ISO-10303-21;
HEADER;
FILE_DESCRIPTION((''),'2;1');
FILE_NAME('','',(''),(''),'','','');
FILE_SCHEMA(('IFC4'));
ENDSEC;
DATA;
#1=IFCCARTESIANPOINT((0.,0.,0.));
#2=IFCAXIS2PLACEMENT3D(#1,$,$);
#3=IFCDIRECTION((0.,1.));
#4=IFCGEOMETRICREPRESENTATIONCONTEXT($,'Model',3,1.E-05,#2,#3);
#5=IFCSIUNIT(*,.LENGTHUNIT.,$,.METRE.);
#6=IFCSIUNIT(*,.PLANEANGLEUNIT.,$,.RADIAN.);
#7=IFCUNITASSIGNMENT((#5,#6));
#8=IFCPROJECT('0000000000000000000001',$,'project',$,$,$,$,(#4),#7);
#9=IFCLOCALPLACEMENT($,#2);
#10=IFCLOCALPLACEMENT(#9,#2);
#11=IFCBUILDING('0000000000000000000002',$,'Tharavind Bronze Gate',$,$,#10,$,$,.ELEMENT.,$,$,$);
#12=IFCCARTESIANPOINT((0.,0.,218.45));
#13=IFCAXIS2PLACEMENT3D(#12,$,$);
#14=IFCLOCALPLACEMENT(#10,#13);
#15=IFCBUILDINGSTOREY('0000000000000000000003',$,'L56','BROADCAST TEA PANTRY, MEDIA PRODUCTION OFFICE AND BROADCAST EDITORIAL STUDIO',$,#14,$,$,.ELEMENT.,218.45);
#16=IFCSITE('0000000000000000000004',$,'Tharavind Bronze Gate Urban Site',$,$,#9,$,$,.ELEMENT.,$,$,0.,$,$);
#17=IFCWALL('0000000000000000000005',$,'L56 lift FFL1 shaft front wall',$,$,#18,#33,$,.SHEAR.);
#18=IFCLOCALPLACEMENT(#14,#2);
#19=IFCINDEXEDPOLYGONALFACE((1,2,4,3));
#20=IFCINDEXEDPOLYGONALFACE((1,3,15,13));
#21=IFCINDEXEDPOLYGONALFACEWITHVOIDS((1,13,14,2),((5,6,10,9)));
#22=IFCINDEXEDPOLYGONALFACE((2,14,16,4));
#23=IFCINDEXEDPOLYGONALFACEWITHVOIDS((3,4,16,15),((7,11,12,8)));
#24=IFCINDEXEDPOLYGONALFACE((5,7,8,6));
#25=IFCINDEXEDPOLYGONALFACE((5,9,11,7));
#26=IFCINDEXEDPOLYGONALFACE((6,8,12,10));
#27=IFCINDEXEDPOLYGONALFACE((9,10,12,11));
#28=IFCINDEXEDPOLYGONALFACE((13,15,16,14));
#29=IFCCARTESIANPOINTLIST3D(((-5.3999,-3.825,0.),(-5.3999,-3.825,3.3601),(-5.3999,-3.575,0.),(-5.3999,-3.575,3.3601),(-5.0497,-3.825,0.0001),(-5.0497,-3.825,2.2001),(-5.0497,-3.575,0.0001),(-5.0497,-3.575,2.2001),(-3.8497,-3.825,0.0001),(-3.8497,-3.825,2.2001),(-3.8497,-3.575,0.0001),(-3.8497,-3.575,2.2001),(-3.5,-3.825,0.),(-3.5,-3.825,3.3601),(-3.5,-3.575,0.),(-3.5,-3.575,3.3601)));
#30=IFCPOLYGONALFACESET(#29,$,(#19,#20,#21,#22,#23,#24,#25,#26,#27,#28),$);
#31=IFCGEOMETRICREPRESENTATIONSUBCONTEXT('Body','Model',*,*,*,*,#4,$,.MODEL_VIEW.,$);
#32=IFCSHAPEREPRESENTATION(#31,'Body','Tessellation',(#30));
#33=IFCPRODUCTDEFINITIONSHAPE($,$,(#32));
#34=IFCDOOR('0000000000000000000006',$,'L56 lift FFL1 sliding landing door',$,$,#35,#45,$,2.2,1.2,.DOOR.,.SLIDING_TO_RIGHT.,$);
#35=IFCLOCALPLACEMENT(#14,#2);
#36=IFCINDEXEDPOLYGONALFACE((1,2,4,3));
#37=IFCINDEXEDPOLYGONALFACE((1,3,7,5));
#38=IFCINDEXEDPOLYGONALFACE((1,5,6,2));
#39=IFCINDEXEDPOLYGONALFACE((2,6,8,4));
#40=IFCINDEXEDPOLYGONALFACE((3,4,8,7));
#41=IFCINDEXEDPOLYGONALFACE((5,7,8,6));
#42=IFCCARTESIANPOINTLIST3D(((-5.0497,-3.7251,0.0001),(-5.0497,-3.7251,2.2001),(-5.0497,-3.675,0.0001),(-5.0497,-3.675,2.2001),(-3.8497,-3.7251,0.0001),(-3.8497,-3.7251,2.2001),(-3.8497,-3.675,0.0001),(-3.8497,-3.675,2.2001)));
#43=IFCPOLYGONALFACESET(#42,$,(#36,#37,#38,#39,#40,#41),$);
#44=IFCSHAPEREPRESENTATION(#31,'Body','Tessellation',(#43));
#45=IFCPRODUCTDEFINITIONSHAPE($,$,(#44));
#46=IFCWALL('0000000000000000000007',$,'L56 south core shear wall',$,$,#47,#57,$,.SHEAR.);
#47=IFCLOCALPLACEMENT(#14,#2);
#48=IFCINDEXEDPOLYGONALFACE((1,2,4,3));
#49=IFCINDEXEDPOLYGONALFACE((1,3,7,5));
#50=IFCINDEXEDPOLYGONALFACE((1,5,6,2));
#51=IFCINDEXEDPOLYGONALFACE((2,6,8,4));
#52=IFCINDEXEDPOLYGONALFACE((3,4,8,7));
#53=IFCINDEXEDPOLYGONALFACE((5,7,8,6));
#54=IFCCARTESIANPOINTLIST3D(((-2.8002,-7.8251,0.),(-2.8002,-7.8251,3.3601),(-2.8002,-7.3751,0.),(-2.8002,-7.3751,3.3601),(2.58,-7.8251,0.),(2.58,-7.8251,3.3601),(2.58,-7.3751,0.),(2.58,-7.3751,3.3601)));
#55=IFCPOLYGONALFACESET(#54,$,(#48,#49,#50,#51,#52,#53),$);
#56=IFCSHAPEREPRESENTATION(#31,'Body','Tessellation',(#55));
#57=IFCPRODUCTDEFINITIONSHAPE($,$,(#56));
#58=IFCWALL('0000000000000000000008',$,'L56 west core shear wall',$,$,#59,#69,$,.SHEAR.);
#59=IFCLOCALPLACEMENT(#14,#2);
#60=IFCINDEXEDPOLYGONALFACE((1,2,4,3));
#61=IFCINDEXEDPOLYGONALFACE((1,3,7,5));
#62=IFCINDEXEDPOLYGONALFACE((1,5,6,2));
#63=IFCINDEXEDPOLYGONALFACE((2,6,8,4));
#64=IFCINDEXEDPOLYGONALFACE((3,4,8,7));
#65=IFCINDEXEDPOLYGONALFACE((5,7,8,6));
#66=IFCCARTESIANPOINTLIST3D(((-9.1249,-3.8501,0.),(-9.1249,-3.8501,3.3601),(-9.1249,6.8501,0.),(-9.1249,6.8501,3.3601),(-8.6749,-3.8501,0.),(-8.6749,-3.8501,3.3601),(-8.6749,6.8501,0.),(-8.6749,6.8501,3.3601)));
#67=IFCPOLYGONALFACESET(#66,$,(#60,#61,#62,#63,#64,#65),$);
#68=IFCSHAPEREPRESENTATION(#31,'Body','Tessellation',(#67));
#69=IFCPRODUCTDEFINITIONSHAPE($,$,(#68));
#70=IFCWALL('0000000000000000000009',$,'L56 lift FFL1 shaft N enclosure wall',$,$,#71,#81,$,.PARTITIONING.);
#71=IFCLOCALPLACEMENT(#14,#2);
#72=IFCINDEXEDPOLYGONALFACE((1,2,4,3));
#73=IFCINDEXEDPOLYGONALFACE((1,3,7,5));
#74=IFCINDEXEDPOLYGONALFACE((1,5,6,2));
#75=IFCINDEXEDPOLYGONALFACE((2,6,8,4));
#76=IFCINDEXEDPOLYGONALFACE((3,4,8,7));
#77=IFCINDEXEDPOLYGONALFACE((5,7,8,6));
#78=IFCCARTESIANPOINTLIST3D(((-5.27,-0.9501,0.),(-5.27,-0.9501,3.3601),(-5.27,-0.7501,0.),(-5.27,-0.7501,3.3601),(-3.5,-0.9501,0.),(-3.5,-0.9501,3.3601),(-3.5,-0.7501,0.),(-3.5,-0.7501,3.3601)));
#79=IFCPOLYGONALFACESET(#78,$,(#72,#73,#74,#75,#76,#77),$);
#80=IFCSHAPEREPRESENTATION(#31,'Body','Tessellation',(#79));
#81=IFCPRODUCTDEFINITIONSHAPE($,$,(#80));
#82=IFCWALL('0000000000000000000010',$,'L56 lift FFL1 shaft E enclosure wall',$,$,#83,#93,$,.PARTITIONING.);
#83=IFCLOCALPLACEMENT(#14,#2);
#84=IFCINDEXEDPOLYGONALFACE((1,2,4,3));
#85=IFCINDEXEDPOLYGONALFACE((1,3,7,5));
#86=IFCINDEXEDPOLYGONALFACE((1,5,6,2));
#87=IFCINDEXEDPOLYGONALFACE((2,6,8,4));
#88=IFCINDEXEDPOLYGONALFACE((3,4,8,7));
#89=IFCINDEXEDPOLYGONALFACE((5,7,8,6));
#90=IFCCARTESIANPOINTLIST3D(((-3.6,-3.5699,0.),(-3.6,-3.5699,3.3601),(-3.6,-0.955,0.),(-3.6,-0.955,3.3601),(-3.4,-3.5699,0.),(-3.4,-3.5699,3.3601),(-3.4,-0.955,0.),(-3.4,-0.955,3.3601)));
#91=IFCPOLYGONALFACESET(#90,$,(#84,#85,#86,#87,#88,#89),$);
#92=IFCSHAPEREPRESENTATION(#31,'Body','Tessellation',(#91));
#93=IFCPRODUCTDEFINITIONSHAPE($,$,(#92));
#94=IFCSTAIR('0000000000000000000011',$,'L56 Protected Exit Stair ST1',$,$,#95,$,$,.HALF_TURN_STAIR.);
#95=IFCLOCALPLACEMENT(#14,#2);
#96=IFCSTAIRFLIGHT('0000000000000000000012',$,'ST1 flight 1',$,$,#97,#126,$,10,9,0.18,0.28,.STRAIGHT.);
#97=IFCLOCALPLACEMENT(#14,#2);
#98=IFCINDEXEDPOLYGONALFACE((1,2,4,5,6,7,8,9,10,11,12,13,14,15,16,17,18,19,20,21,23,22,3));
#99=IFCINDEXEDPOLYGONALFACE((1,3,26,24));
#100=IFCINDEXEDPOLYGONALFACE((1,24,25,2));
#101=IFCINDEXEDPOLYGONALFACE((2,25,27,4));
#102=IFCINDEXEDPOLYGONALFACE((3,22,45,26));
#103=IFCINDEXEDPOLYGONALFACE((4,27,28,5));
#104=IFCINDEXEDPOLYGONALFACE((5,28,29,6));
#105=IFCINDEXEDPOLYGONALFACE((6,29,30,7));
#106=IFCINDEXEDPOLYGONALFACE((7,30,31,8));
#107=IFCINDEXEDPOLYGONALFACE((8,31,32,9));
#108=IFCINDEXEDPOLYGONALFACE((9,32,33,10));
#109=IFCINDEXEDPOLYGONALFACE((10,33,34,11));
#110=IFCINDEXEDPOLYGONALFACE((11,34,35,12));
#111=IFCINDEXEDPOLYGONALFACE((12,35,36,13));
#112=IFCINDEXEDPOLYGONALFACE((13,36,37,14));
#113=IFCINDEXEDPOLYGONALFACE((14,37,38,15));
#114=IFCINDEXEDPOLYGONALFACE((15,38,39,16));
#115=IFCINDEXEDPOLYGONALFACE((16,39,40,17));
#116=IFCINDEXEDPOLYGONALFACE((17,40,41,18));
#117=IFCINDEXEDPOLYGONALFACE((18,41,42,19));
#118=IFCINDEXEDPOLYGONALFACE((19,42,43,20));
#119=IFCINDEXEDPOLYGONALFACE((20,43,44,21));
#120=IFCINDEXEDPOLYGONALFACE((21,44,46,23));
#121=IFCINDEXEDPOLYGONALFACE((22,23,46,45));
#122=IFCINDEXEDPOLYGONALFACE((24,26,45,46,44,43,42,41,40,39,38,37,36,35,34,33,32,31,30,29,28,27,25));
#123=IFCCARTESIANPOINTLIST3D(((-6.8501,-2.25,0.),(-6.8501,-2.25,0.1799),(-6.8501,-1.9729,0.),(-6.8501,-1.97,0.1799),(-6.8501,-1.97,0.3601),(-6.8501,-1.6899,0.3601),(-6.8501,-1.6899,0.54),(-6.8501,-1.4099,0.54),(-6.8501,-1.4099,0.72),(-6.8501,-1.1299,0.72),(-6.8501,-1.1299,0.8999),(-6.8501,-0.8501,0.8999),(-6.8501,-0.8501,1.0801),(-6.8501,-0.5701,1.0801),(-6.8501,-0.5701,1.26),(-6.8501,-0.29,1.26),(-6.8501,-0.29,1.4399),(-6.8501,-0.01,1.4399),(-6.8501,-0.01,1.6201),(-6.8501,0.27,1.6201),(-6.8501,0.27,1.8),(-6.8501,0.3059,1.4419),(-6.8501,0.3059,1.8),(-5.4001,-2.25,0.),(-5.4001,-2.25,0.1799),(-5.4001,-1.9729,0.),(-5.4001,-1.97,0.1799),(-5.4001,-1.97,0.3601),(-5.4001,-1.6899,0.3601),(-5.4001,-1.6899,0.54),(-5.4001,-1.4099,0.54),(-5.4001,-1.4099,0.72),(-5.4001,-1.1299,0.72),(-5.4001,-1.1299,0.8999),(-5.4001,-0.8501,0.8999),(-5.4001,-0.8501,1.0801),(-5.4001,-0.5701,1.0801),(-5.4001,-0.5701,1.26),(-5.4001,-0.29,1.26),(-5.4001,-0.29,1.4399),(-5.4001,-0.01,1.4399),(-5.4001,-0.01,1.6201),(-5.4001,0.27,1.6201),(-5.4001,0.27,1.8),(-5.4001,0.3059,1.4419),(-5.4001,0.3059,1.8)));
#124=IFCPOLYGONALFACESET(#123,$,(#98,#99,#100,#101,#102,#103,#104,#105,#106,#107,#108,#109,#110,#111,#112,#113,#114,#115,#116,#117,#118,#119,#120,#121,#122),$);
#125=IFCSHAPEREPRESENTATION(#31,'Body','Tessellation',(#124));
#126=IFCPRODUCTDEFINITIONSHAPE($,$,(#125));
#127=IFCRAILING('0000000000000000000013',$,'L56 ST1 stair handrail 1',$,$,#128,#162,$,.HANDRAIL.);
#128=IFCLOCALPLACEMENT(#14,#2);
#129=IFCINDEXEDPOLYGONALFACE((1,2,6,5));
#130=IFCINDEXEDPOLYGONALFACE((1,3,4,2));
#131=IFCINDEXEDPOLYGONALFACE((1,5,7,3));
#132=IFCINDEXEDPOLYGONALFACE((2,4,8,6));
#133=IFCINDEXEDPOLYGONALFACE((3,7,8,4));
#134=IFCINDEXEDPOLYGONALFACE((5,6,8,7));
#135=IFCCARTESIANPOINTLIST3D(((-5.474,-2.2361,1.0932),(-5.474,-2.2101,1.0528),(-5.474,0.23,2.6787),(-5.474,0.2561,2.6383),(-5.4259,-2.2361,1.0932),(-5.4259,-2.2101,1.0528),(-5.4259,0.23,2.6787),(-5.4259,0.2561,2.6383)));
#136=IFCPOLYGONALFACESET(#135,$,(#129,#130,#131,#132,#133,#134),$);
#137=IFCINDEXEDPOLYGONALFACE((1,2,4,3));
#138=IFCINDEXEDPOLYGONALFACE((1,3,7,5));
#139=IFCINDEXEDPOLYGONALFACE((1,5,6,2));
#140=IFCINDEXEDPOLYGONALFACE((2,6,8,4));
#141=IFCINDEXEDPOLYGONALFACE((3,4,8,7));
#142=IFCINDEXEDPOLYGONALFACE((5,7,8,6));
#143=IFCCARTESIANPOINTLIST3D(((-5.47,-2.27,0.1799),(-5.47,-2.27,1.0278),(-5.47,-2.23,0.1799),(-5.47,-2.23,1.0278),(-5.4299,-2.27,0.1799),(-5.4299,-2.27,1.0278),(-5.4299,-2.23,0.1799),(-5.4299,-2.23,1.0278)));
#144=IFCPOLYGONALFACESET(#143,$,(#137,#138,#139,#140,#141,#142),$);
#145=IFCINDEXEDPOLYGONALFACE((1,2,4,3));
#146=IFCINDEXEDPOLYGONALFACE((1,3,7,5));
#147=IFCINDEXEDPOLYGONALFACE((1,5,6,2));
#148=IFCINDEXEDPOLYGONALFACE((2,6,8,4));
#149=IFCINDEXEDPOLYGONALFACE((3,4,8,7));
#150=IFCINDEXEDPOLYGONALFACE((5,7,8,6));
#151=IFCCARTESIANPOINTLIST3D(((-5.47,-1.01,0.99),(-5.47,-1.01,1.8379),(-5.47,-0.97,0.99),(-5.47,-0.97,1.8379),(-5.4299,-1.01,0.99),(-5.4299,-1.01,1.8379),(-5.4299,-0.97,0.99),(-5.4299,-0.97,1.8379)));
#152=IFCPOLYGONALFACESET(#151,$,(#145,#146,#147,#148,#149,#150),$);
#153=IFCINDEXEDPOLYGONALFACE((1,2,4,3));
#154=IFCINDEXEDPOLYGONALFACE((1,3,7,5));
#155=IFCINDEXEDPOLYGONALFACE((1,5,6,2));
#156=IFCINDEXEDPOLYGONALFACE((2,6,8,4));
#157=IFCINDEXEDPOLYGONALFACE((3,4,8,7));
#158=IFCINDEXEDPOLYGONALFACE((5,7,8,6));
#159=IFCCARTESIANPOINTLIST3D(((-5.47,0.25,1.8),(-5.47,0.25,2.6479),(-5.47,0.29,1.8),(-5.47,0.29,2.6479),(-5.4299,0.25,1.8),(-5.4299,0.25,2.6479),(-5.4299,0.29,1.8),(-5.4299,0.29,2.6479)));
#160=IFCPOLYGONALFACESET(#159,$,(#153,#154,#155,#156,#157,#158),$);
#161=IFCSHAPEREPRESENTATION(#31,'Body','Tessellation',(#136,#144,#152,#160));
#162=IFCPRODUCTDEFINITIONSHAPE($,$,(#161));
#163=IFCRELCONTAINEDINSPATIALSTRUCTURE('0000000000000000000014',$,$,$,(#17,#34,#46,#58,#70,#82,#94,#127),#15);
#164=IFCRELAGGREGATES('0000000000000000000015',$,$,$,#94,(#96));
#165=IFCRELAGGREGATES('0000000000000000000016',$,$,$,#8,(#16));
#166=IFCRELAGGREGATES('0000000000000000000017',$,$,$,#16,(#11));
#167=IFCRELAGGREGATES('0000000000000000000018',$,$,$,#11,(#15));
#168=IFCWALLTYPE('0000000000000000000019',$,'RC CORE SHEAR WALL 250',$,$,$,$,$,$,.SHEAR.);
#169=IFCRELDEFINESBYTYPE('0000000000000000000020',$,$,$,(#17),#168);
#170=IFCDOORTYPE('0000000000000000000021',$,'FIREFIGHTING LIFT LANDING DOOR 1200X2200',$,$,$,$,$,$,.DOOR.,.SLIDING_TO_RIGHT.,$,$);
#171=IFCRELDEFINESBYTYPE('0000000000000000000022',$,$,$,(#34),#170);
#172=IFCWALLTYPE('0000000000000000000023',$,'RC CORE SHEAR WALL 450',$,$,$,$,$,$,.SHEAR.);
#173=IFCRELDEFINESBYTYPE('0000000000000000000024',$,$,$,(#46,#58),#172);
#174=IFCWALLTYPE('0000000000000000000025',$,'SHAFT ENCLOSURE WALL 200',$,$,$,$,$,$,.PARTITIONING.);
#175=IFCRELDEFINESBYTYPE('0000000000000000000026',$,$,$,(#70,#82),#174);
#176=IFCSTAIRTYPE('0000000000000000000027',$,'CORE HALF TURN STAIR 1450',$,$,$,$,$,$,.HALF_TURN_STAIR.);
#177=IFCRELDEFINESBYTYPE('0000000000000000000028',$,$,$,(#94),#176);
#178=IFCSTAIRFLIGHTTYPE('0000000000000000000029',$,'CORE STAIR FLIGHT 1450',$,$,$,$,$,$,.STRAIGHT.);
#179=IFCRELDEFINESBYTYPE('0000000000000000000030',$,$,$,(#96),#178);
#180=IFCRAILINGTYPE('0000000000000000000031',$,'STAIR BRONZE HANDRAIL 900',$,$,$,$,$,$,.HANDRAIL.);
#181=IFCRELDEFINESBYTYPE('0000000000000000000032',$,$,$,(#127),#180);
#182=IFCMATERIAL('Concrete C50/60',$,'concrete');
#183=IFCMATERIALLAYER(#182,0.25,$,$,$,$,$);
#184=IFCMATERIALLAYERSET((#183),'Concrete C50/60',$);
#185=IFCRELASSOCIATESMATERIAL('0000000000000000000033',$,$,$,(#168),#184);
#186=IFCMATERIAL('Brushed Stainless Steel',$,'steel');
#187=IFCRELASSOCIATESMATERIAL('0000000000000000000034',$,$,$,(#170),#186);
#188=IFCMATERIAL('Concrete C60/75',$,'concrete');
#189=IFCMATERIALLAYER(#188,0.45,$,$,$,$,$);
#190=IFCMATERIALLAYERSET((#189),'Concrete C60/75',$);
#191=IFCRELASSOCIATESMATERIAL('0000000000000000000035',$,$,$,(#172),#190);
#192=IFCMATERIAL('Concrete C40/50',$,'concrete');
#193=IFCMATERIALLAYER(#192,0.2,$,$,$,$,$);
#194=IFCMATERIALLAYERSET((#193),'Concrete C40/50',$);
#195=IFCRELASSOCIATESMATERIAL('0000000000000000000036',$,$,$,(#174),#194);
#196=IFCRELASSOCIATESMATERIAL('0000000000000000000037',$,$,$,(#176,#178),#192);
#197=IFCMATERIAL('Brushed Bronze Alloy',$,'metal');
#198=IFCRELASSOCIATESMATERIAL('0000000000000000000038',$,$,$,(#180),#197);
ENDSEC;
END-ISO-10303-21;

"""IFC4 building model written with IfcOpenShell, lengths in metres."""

from ifc_helpers import new_model, si_unit, direction, frame, frame_2d, origin, origin_2d, place, context, subcontext, project, spatial, polyline, rectangle, outline, extrude, material, layer, layer_set, type_object, element, fill, aggregate, save


model = new_model("IFC4")

# Units and contexts
model_context = context("Model", 3, precision=1e-05, world=origin(), true_north=direction((0.0, 1.0)))
body_context = subcontext(model_context, "Body", "Model", "MODEL_VIEW")
ifc_project = project(units=[si_unit("LENGTHUNIT", "METRE"), si_unit("PLANEANGLEUNIT", "RADIAN")], contexts=[model_context])

# Site, building, storey
site_placement = place(None, origin())
site = spatial("IfcSite", under=ifc_project, at=site_placement, Name="Tharavind Bronze Gate Urban Site", CompositionType="ELEMENT", RefElevation=0.0)
building_placement = place(site_placement, origin())
building = spatial("IfcBuilding", under=site, at=building_placement, Name="Tharavind Bronze Gate", CompositionType="ELEMENT")
storey_placement = place(building_placement, frame((0.0, 0.0, 218.45)))
storey = spatial("IfcBuildingStorey", under=building, at=storey_placement, Name="L56", Description="BROADCAST TEA PANTRY, MEDIA PRODUCTION OFFICE AND BROADCAST EDITORIAL STUDIO", CompositionType="ELEMENT", Elevation=218.45)

# Shared definitions
ifc_material_1 = material(Name="Concrete C60/75", Category="concrete")

# Shared definitions
ifc_material_2 = material(Name="Concrete C50/60", Category="concrete")
ifc_layer_1 = layer(ifc_material_2, 0.25)
ifc_layer_set_1 = layer_set([ifc_layer_1], Name="Concrete C50/60")
wall_type_1 = type_object("IfcWallType", Name="RC CORE SHEAR WALL 250", PredefinedType="SHEAR", material=ifc_layer_set_1)

# Wall, opening, door
wall_1_placement = place(storey_placement, frame((-5.3999, -3.7, 0.0), z_axis=(0.0, 0.0, 1.0), x_axis=(1.0, 0.0, 0.0)))
wall_1 = element("IfcWall", 1, at=wall_1_placement, inside=storey, type_object=wall_type_1, Name="L56 lift FFL1 shaft front wall", PredefinedType="SHEAR", context=body_context, shape_type="SweptSolid", body=[
    extrude(rectangle(XDim=1.8999, YDim=0.25, at=frame_2d((0.95, 0.0))), origin(), (0.0, 0.0, 1.0), 3.3601),
])
opening_1_placement = place(wall_1_placement, frame((0.3501, 0.0, 0.0)))
opening_1 = element("IfcOpeningElement", 2, at=opening_1_placement, cuts=wall_1, PredefinedType="OPENING", context=body_context, shape_type="SweptSolid", body=[
    extrude(rectangle(XDim=1.2, YDim=2.2, at=frame_2d((0.6001, 1.1001))), frame((0.0, 0.135, 0.0), z_axis=(0.0, -1.0, 0.0), x_axis=(1.0, 0.0, 0.0)), (0.0, 0.0, 1.0), 0.27),
])
ifc_material_3 = material(Name="Brushed Stainless Steel", Category="steel")
door_type_1 = type_object("IfcDoorType", Name="FIREFIGHTING LIFT LANDING DOOR 1200X2200", OperationType="SLIDING_TO_RIGHT", PredefinedType="DOOR", material=ifc_material_3)
door_1_placement = place(opening_1_placement, origin())
door_1 = element("IfcDoor", 3, at=door_1_placement, inside=storey, type_object=door_type_1, Name="L56 lift FFL1 sliding landing door", OperationType="SLIDING_TO_RIGHT", OverallHeight=2.2, OverallWidth=1.2, PredefinedType="DOOR", context=body_context, shape_type="SweptSolid", body=[
    extrude(rectangle(XDim=1.2, YDim=2.2, at=frame_2d((0.6001, 1.1001))), frame((0.0, 0.0249, 0.0), z_axis=(0.0, -1.0, 0.0), x_axis=(1.0, 0.0, 0.0)), (0.0, 0.0, 1.0), 0.05),
])
fill(opening_1, door_1)

# Walls
ifc_layer_2 = layer(ifc_material_1, 0.45)
ifc_layer_set_2 = layer_set([ifc_layer_2], Name="Concrete C60/75")
wall_type_2 = type_object("IfcWallType", Name="RC CORE SHEAR WALL 450", PredefinedType="SHEAR", material=ifc_layer_set_2)
wall_2_placement = place(storey_placement, frame((-2.8, -7.6001, 0.0), z_axis=(0.0, 0.0, 1.0), x_axis=(1.0, 0.0, 0.0)))
element("IfcWall", 4, at=wall_2_placement, inside=storey, type_object=wall_type_2, Name="L56 south core shear wall", PredefinedType="SHEAR", context=body_context, shape_type="SweptSolid", body=[
    extrude(rectangle(XDim=5.3801, YDim=0.45, at=frame_2d((2.6899, 0.0))), origin(), (0.0, 0.0, 1.0), 3.3601),
])
wall_3_placement = place(storey_placement, frame((-8.8999, -3.8501, 0.0), z_axis=(0.0, 0.0, 1.0), x_axis=(0.0, 1.0, 0.0)))
element("IfcWall", 5, at=wall_3_placement, inside=storey, type_object=wall_type_2, Name="L56 west core shear wall", PredefinedType="SHEAR", context=body_context, shape_type="SweptSolid", body=[
    extrude(rectangle(XDim=10.7002, YDim=0.45, at=frame_2d((5.3501, 0.0))), origin(), (0.0, 0.0, 1.0), 3.3601),
])
ifc_material_4 = material(Name="Concrete C40/50", Category="concrete")
ifc_layer_3 = layer(ifc_material_4, 0.2)
ifc_layer_set_3 = layer_set([ifc_layer_3], Name="Concrete C40/50")
wall_type_3 = type_object("IfcWallType", Name="SHAFT ENCLOSURE WALL 200", PredefinedType="PARTITIONING", material=ifc_layer_set_3)
wall_4_placement = place(storey_placement, frame((-5.27, -0.8501, 0.0), z_axis=(0.0, 0.0, 1.0), x_axis=(1.0, 0.0, 0.0)))
element("IfcWall", 6, at=wall_4_placement, inside=storey, type_object=wall_type_3, Name="L56 lift FFL1 shaft N enclosure wall", PredefinedType="PARTITIONING", context=body_context, shape_type="SweptSolid", body=[
    extrude(rectangle(XDim=1.77, YDim=0.2, at=frame_2d((0.885, 0.0))), origin(), (0.0, 0.0, 1.0), 3.3601),
])
wall_5_placement = place(storey_placement, frame((-3.5, -3.5701, 0.0), z_axis=(0.0, 0.0, 1.0), x_axis=(0.0, 1.0, 0.0)))
element("IfcWall", 7, at=wall_5_placement, inside=storey, type_object=wall_type_3, Name="L56 lift FFL1 shaft E enclosure wall", PredefinedType="PARTITIONING", context=body_context, shape_type="SweptSolid", body=[
    extrude(rectangle(XDim=2.615, YDim=0.2, at=frame_2d((1.3076, 0.0))), origin(), (0.0, 0.0, 1.0), 3.3601),
])

# Stair, stair flight
stair_type = type_object("IfcStairType", Name="CORE HALF TURN STAIR 1450", PredefinedType="HALF_TURN_STAIR", material=ifc_material_4)
stair_placement = place(storey_placement, origin())
stair = element("IfcStair", 8, at=stair_placement, inside=storey, type_object=stair_type, Name="L56 Protected Exit Stair ST1", PredefinedType="HALF_TURN_STAIR")
stair_flight_type = type_object("IfcStairFlightType", Name="CORE STAIR FLIGHT 1450", PredefinedType="STRAIGHT", material=ifc_material_4)
stair_flight_placement = place(storey_placement, frame((-6.125, -2.25, 0.0), z_axis=(0.0, 0.0, 1.0), x_axis=(0.0, 1.0, 0.0)))
stair_flight = element("IfcStairFlight", 9, at=stair_flight_placement, type_object=stair_flight_type, Name="ST1 flight 1", NumberOfRisers=10, NumberOfTreads=9, PredefinedType="STRAIGHT", RiserHeight=0.18, TreadLength=0.28, context=body_context, shape_type="SweptSolid", body=[
    extrude(outline(polyline([(0.0, 0.0), (0.0, 0.1799), (0.28, 0.1799), (0.28, 0.3601), (0.5601, 0.3601), (0.5601, 0.54), (0.8401, 0.54), (0.8401, 0.72), (1.1201, 0.72), (1.1201, 0.8999), (1.3999, 0.8999), (1.3999, 1.0801), (1.6799, 1.0801), (1.6799, 1.26), (1.96, 1.26), (1.96, 1.4399), (2.24, 1.4399), (2.24, 1.6201), (2.52, 1.6201), (2.52, 1.8), (2.5559, 1.8), (2.5559, 1.4419), (0.2771, 0.0), (0.0, 0.0)])), frame((0.0, 0.7251, 0.0), z_axis=(0.0, -1.0, 0.0), x_axis=(1.0, 0.0, 0.0)), (0.0, 0.0, 1.0), 1.45),
])
aggregate(stair, [stair_flight])

# Railing
ifc_material_5 = material(Name="Brushed Bronze Alloy", Category="metal")
railing_type_1 = type_object("IfcRailingType", Name="STAIR BRONZE HANDRAIL 900", PredefinedType="HANDRAIL", material=ifc_material_5)
railing_1_placement = place(storey_placement, frame((-5.45, -2.25, 0.1799)))
element("IfcRailing", 10, at=railing_1_placement, inside=storey, type_object=railing_type_1, Name="L56 ST1 stair handrail 1", PredefinedType="HANDRAIL", context=body_context, shape_type="SweptSolid", body=[
    extrude(rectangle(XDim=0.0481, YDim=0.0481, at=origin_2d()), frame((0.0, 0.0269, 0.8931), z_axis=(0.0, 0.841163, 0.540782), x_axis=(-1.0, 0.0, 0.0)), (0.0, 0.0, 1.0), 2.9319),
    extrude(rectangle(XDim=0.04, YDim=0.04, at=origin_2d()), origin(), (0.0, 0.0, 1.0), 0.8479),
    extrude(rectangle(XDim=0.04, YDim=0.04, at=origin_2d()), frame((0.0, 1.26, 0.8101)), (0.0, 0.0, 1.0), 0.8479),
    extrude(rectangle(XDim=0.04, YDim=0.04, at=origin_2d()), frame((0.0, 2.52, 1.6201)), (0.0, 0.0, 1.0), 0.8479),
])

save(model, "model.ifc")
